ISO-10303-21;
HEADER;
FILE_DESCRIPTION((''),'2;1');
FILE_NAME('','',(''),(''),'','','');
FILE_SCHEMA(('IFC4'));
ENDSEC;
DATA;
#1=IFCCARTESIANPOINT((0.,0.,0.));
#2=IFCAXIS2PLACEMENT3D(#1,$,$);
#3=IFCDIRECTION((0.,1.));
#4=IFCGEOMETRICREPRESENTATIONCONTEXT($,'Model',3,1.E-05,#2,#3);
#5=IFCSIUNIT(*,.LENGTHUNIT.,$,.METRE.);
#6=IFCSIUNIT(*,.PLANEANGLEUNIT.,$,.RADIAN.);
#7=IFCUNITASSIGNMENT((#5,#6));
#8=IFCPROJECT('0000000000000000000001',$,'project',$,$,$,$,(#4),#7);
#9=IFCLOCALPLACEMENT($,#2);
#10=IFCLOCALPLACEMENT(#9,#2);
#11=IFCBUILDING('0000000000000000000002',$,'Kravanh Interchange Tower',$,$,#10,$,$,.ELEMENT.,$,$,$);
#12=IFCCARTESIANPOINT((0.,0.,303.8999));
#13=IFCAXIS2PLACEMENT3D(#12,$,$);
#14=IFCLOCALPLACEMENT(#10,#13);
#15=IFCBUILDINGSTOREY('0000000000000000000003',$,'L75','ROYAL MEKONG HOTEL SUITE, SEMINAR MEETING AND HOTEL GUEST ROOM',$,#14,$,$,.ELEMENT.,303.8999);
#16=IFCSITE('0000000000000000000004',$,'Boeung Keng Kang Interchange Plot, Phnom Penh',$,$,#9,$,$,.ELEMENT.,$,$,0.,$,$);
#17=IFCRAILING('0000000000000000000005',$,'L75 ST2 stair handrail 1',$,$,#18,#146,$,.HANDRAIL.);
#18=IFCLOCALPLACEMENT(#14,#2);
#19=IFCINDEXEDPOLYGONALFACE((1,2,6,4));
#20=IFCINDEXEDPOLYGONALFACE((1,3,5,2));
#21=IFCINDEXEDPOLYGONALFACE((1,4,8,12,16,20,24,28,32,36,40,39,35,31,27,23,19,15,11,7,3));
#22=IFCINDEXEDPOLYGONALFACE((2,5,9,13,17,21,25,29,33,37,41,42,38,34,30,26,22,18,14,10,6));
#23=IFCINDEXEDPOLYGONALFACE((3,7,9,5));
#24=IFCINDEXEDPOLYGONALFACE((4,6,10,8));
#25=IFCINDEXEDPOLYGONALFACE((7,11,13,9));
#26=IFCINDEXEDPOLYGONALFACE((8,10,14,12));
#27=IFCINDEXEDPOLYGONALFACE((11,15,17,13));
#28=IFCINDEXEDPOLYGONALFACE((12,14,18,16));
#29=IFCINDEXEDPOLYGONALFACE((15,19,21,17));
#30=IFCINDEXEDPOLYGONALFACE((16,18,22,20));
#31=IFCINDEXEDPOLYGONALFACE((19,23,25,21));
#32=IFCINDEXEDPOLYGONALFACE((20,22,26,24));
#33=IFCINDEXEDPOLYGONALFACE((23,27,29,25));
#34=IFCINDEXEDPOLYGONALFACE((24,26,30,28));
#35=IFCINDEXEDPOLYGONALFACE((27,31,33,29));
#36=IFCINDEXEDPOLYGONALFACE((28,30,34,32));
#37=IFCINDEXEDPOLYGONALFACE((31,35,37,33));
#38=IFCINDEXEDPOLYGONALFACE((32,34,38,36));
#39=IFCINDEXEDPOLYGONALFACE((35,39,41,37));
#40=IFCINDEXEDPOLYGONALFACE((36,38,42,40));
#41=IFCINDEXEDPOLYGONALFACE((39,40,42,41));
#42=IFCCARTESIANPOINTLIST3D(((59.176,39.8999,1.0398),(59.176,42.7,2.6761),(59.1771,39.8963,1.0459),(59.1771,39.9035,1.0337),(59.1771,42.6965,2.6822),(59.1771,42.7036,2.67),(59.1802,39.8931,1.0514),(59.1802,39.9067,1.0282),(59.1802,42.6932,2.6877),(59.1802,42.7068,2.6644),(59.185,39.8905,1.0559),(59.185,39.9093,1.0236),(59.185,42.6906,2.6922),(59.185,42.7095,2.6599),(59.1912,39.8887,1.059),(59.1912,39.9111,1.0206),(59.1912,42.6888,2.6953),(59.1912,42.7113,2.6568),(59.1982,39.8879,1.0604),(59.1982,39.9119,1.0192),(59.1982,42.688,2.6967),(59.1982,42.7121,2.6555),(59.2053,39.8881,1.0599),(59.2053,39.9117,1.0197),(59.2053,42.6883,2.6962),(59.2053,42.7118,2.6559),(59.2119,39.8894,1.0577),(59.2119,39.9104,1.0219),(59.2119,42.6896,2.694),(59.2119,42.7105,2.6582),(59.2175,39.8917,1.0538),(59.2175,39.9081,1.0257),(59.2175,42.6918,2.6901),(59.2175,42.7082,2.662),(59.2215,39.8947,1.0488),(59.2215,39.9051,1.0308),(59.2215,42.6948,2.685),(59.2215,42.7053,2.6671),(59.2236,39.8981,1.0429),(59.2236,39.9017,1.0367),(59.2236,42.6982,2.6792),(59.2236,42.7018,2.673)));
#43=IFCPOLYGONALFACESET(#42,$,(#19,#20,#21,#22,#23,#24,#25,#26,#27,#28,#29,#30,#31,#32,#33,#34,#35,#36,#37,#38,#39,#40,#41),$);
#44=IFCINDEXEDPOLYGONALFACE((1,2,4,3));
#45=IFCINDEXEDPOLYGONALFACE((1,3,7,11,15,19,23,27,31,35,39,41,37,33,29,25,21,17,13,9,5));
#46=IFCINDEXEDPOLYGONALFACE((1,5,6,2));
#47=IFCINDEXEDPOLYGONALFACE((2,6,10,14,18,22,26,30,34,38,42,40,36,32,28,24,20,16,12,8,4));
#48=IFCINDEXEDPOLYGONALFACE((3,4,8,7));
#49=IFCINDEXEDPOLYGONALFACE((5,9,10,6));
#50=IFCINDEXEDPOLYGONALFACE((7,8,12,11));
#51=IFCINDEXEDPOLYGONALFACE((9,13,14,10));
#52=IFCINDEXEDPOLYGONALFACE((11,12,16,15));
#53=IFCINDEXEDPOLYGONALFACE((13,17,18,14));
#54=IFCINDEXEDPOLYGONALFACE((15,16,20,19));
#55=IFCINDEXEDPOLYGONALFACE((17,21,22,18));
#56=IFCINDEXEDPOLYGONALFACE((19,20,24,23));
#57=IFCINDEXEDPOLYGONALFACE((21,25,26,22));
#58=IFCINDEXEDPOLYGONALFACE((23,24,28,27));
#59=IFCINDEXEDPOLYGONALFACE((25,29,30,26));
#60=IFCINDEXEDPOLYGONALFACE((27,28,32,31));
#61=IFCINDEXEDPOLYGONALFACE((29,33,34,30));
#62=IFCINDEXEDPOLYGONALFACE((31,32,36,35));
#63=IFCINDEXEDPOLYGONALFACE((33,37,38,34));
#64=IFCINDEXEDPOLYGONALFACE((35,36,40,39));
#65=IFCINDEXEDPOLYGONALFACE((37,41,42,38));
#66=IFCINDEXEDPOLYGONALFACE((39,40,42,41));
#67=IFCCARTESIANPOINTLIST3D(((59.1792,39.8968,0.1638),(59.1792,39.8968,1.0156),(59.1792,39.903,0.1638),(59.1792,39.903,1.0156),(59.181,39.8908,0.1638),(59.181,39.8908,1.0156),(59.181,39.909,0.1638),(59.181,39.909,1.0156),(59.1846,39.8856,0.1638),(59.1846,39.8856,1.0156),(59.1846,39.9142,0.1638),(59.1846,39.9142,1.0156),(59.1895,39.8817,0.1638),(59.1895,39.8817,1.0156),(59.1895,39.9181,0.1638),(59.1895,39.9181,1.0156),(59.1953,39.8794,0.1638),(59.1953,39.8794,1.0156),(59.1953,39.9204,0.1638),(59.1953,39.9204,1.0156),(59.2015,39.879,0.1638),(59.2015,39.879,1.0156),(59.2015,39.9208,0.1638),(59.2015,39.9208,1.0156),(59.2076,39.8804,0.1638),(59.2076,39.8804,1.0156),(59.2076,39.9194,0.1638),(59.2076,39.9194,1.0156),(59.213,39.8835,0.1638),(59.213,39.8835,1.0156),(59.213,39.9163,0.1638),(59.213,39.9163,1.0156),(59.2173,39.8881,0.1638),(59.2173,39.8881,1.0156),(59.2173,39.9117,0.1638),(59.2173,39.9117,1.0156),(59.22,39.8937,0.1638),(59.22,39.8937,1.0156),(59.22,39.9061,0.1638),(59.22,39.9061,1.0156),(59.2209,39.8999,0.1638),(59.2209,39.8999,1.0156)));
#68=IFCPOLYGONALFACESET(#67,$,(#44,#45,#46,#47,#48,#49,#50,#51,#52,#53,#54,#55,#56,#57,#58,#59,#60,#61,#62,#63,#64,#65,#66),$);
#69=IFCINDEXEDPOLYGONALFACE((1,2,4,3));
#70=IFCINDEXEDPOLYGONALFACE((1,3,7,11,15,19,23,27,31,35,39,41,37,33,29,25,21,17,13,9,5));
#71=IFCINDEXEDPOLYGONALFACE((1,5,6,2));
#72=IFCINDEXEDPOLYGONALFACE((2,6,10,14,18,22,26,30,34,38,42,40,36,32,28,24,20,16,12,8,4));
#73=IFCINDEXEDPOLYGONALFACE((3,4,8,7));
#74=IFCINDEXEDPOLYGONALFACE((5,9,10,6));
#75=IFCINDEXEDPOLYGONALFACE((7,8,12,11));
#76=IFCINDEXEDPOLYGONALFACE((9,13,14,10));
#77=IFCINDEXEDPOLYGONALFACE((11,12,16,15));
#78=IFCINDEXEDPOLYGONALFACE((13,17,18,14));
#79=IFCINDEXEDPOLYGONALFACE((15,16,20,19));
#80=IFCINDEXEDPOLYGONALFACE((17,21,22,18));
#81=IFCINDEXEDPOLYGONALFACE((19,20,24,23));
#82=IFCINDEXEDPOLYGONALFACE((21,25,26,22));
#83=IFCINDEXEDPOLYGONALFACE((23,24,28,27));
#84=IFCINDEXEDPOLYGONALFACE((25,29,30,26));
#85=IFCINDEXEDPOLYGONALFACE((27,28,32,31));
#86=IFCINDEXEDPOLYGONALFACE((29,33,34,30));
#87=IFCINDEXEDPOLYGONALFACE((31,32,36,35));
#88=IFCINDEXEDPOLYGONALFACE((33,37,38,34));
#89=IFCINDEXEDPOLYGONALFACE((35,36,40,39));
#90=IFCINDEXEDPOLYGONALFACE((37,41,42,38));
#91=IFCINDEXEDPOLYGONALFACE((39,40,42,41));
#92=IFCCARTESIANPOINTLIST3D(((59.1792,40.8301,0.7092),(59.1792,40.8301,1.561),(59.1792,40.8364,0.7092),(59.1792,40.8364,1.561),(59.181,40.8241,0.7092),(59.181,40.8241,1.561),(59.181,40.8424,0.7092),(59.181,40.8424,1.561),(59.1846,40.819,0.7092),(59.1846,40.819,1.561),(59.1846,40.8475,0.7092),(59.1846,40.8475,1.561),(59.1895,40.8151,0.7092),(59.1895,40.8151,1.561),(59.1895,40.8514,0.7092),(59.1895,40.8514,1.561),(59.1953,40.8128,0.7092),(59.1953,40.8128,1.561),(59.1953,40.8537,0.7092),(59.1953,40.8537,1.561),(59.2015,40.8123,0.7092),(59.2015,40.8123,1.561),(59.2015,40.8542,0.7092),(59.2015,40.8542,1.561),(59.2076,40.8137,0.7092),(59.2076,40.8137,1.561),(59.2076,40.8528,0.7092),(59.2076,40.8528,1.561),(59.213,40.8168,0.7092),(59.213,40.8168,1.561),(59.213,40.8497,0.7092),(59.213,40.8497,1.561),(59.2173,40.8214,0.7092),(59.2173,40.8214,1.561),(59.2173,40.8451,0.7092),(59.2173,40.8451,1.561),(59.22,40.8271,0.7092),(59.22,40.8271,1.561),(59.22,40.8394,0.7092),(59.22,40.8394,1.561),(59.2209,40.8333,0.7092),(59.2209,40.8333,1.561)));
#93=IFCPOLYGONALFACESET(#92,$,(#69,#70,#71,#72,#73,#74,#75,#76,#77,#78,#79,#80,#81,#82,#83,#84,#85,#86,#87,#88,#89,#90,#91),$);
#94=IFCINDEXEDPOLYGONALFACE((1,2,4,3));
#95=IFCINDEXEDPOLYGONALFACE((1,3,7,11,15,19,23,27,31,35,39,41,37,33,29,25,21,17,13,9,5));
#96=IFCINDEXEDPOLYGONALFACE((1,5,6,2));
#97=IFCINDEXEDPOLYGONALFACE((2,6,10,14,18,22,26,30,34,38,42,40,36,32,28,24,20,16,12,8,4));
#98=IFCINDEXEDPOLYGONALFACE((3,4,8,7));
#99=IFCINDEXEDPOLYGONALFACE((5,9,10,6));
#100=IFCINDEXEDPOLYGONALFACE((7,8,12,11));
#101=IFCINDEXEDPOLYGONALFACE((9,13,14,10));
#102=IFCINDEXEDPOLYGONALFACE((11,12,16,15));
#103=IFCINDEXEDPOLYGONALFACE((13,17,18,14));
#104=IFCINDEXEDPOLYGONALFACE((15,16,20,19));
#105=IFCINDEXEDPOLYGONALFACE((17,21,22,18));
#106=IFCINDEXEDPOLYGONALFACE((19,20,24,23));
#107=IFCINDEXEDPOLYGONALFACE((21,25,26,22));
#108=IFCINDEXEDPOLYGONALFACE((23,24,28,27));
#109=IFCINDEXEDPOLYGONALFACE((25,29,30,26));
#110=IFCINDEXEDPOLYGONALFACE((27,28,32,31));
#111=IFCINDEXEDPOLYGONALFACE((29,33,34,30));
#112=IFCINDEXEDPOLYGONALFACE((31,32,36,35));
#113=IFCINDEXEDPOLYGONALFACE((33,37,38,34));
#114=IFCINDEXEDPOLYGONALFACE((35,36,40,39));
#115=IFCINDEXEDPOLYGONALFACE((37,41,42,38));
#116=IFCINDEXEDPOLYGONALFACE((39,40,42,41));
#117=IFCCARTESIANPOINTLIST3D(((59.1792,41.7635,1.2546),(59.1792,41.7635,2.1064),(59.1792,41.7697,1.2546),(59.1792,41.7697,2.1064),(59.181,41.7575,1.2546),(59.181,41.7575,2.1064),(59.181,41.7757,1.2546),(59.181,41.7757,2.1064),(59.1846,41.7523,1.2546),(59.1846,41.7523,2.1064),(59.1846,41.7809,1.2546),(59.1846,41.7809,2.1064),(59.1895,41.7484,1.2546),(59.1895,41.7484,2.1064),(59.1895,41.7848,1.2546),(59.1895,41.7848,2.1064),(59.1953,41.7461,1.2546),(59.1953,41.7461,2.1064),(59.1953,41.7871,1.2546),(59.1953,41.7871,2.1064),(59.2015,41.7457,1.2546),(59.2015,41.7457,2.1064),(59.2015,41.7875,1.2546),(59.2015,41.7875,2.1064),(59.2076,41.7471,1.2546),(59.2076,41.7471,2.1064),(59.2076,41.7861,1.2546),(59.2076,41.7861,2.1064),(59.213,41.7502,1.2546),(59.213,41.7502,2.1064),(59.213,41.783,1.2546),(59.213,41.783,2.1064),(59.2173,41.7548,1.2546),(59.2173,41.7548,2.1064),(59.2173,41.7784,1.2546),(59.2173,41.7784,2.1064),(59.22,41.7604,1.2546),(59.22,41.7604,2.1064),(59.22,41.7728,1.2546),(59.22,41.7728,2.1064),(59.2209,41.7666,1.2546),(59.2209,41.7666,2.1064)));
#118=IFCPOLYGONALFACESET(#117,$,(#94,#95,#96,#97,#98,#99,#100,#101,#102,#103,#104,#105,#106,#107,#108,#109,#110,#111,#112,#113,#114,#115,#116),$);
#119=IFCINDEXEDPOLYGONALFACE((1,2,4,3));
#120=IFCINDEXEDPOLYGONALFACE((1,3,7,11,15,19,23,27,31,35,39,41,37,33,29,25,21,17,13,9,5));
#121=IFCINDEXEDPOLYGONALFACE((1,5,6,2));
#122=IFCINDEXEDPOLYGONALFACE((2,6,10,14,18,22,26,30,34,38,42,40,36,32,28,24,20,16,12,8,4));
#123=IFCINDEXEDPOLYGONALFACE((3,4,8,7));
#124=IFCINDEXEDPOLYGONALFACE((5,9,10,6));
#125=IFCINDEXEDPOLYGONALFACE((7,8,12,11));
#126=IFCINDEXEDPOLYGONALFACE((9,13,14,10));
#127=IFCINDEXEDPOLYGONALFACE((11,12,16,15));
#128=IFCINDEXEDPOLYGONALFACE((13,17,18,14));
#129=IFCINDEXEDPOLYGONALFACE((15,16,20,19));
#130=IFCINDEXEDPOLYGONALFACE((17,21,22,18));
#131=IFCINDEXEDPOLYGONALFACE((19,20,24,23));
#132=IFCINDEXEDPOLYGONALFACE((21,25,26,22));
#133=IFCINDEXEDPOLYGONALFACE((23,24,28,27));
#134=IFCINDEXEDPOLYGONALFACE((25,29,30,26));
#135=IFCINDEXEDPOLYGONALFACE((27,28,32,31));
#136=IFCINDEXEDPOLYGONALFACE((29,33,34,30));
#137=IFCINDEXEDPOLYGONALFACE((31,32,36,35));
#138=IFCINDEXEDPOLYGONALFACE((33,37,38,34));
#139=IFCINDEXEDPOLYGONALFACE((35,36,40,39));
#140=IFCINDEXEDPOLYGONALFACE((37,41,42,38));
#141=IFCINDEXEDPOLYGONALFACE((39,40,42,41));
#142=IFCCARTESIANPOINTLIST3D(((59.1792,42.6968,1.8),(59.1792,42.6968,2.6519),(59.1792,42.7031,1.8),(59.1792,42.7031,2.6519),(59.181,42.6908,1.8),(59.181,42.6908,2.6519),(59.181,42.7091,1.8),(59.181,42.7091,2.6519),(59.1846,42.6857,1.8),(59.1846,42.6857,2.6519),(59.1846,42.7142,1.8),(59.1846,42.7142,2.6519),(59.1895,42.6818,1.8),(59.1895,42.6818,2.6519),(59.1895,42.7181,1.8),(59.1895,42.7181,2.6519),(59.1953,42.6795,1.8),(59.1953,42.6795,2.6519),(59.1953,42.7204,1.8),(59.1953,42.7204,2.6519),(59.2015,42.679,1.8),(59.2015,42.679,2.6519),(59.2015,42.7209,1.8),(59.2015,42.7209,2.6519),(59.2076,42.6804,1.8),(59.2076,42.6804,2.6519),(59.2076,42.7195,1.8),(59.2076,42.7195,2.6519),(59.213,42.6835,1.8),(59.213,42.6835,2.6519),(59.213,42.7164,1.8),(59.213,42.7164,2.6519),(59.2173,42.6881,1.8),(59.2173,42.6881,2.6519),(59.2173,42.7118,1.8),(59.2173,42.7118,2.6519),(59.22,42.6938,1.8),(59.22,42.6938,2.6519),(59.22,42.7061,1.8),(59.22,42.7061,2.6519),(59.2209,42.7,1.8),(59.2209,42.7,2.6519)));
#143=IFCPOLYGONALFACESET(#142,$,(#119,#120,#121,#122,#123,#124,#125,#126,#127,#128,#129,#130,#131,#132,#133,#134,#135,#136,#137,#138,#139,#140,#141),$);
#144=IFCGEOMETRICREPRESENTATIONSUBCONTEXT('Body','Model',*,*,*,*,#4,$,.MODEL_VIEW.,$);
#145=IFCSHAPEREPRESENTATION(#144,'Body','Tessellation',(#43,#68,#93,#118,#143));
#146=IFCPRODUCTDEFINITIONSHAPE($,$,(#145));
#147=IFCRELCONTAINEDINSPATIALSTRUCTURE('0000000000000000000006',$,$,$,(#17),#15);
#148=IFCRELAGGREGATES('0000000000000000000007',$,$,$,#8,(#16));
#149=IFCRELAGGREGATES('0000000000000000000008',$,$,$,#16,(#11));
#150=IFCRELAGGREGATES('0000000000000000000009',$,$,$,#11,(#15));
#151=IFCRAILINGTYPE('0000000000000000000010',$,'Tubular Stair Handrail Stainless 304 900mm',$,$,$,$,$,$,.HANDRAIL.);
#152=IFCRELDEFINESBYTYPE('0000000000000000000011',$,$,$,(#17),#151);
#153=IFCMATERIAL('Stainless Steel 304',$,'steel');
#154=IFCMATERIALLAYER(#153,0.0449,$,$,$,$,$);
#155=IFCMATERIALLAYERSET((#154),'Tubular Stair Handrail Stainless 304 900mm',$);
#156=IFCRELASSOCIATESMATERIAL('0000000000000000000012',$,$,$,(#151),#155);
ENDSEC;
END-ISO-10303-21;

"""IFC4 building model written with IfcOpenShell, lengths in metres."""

from ifc_helpers import new_model, si_unit, direction, frame, origin, origin_2d, place, context, subcontext, project, spatial, circle, extrude, material, layer, layer_set, type_object, element, save


model = new_model("IFC4")

# Units and contexts
model_context = context("Model", 3, precision=1e-05, world=origin(), true_north=direction((0.0, 1.0)))
body_context = subcontext(model_context, "Body", "Model", "MODEL_VIEW")
ifc_project = project(units=[si_unit("LENGTHUNIT", "METRE"), si_unit("PLANEANGLEUNIT", "RADIAN")], contexts=[model_context])

# Site, building, storey
site_placement = place(None, origin())
site = spatial("IfcSite", under=ifc_project, at=site_placement, Name="Boeung Keng Kang Interchange Plot, Phnom Penh", CompositionType="ELEMENT", RefElevation=0.0)
building_placement = place(site_placement, origin())
building = spatial("IfcBuilding", under=site, at=building_placement, Name="Kravanh Interchange Tower", CompositionType="ELEMENT")
storey_placement = place(building_placement, frame((0.0, 0.0, 303.8999)))
storey = spatial("IfcBuildingStorey", under=building, at=storey_placement, Name="L75", Description="ROYAL MEKONG HOTEL SUITE, SEMINAR MEETING AND HOTEL GUEST ROOM", CompositionType="ELEMENT", Elevation=303.8999)

# Railing
ifc_material_1 = material(Name="Stainless Steel 304", Category="steel")
ifc_layer_1 = layer(ifc_material_1, 0.0449)
ifc_layer_set_1 = layer_set([ifc_layer_1], Name="Tubular Stair Handrail Stainless 304 900mm")
railing_type_1 = type_object("IfcRailingType", Name="Tubular Stair Handrail Stainless 304 900mm", PredefinedType="HANDRAIL", material=ifc_layer_set_1)
railing_1_placement = place(storey_placement, frame((59.2, 39.8999, 0.1638)))
element("IfcRailing", 1, at=railing_1_placement, inside=storey, type_object=railing_type_1, Name="L75 ST2 stair handrail 1", PredefinedType="HANDRAIL", context=body_context, shape_type="SweptSolid", body=[
    extrude(circle(Radius=0.0239, at=origin_2d()), frame((0.0, 0.0, 0.876), z_axis=(0.0, 0.863394, 0.504531), x_axis=(-1.0, 0.0, 0.0)), (0.0, 0.0, 1.0), 3.2432),
    extrude(circle(Radius=0.021, at=origin_2d()), origin(), (0.0, 0.0, 1.0), 0.8518),
    extrude(circle(Radius=0.021, at=origin_2d()), frame((0.0, 0.9333, 0.5454)), (0.0, 0.0, 1.0), 0.8518),
    extrude(circle(Radius=0.021, at=origin_2d()), frame((0.0, 1.8667, 1.0908)), (0.0, 0.0, 1.0), 0.8518),
    extrude(circle(Radius=0.021, at=origin_2d()), frame((0.0, 2.8, 1.6362)), (0.0, 0.0, 1.0), 0.8518),
])

save(model, "model.ifc")
